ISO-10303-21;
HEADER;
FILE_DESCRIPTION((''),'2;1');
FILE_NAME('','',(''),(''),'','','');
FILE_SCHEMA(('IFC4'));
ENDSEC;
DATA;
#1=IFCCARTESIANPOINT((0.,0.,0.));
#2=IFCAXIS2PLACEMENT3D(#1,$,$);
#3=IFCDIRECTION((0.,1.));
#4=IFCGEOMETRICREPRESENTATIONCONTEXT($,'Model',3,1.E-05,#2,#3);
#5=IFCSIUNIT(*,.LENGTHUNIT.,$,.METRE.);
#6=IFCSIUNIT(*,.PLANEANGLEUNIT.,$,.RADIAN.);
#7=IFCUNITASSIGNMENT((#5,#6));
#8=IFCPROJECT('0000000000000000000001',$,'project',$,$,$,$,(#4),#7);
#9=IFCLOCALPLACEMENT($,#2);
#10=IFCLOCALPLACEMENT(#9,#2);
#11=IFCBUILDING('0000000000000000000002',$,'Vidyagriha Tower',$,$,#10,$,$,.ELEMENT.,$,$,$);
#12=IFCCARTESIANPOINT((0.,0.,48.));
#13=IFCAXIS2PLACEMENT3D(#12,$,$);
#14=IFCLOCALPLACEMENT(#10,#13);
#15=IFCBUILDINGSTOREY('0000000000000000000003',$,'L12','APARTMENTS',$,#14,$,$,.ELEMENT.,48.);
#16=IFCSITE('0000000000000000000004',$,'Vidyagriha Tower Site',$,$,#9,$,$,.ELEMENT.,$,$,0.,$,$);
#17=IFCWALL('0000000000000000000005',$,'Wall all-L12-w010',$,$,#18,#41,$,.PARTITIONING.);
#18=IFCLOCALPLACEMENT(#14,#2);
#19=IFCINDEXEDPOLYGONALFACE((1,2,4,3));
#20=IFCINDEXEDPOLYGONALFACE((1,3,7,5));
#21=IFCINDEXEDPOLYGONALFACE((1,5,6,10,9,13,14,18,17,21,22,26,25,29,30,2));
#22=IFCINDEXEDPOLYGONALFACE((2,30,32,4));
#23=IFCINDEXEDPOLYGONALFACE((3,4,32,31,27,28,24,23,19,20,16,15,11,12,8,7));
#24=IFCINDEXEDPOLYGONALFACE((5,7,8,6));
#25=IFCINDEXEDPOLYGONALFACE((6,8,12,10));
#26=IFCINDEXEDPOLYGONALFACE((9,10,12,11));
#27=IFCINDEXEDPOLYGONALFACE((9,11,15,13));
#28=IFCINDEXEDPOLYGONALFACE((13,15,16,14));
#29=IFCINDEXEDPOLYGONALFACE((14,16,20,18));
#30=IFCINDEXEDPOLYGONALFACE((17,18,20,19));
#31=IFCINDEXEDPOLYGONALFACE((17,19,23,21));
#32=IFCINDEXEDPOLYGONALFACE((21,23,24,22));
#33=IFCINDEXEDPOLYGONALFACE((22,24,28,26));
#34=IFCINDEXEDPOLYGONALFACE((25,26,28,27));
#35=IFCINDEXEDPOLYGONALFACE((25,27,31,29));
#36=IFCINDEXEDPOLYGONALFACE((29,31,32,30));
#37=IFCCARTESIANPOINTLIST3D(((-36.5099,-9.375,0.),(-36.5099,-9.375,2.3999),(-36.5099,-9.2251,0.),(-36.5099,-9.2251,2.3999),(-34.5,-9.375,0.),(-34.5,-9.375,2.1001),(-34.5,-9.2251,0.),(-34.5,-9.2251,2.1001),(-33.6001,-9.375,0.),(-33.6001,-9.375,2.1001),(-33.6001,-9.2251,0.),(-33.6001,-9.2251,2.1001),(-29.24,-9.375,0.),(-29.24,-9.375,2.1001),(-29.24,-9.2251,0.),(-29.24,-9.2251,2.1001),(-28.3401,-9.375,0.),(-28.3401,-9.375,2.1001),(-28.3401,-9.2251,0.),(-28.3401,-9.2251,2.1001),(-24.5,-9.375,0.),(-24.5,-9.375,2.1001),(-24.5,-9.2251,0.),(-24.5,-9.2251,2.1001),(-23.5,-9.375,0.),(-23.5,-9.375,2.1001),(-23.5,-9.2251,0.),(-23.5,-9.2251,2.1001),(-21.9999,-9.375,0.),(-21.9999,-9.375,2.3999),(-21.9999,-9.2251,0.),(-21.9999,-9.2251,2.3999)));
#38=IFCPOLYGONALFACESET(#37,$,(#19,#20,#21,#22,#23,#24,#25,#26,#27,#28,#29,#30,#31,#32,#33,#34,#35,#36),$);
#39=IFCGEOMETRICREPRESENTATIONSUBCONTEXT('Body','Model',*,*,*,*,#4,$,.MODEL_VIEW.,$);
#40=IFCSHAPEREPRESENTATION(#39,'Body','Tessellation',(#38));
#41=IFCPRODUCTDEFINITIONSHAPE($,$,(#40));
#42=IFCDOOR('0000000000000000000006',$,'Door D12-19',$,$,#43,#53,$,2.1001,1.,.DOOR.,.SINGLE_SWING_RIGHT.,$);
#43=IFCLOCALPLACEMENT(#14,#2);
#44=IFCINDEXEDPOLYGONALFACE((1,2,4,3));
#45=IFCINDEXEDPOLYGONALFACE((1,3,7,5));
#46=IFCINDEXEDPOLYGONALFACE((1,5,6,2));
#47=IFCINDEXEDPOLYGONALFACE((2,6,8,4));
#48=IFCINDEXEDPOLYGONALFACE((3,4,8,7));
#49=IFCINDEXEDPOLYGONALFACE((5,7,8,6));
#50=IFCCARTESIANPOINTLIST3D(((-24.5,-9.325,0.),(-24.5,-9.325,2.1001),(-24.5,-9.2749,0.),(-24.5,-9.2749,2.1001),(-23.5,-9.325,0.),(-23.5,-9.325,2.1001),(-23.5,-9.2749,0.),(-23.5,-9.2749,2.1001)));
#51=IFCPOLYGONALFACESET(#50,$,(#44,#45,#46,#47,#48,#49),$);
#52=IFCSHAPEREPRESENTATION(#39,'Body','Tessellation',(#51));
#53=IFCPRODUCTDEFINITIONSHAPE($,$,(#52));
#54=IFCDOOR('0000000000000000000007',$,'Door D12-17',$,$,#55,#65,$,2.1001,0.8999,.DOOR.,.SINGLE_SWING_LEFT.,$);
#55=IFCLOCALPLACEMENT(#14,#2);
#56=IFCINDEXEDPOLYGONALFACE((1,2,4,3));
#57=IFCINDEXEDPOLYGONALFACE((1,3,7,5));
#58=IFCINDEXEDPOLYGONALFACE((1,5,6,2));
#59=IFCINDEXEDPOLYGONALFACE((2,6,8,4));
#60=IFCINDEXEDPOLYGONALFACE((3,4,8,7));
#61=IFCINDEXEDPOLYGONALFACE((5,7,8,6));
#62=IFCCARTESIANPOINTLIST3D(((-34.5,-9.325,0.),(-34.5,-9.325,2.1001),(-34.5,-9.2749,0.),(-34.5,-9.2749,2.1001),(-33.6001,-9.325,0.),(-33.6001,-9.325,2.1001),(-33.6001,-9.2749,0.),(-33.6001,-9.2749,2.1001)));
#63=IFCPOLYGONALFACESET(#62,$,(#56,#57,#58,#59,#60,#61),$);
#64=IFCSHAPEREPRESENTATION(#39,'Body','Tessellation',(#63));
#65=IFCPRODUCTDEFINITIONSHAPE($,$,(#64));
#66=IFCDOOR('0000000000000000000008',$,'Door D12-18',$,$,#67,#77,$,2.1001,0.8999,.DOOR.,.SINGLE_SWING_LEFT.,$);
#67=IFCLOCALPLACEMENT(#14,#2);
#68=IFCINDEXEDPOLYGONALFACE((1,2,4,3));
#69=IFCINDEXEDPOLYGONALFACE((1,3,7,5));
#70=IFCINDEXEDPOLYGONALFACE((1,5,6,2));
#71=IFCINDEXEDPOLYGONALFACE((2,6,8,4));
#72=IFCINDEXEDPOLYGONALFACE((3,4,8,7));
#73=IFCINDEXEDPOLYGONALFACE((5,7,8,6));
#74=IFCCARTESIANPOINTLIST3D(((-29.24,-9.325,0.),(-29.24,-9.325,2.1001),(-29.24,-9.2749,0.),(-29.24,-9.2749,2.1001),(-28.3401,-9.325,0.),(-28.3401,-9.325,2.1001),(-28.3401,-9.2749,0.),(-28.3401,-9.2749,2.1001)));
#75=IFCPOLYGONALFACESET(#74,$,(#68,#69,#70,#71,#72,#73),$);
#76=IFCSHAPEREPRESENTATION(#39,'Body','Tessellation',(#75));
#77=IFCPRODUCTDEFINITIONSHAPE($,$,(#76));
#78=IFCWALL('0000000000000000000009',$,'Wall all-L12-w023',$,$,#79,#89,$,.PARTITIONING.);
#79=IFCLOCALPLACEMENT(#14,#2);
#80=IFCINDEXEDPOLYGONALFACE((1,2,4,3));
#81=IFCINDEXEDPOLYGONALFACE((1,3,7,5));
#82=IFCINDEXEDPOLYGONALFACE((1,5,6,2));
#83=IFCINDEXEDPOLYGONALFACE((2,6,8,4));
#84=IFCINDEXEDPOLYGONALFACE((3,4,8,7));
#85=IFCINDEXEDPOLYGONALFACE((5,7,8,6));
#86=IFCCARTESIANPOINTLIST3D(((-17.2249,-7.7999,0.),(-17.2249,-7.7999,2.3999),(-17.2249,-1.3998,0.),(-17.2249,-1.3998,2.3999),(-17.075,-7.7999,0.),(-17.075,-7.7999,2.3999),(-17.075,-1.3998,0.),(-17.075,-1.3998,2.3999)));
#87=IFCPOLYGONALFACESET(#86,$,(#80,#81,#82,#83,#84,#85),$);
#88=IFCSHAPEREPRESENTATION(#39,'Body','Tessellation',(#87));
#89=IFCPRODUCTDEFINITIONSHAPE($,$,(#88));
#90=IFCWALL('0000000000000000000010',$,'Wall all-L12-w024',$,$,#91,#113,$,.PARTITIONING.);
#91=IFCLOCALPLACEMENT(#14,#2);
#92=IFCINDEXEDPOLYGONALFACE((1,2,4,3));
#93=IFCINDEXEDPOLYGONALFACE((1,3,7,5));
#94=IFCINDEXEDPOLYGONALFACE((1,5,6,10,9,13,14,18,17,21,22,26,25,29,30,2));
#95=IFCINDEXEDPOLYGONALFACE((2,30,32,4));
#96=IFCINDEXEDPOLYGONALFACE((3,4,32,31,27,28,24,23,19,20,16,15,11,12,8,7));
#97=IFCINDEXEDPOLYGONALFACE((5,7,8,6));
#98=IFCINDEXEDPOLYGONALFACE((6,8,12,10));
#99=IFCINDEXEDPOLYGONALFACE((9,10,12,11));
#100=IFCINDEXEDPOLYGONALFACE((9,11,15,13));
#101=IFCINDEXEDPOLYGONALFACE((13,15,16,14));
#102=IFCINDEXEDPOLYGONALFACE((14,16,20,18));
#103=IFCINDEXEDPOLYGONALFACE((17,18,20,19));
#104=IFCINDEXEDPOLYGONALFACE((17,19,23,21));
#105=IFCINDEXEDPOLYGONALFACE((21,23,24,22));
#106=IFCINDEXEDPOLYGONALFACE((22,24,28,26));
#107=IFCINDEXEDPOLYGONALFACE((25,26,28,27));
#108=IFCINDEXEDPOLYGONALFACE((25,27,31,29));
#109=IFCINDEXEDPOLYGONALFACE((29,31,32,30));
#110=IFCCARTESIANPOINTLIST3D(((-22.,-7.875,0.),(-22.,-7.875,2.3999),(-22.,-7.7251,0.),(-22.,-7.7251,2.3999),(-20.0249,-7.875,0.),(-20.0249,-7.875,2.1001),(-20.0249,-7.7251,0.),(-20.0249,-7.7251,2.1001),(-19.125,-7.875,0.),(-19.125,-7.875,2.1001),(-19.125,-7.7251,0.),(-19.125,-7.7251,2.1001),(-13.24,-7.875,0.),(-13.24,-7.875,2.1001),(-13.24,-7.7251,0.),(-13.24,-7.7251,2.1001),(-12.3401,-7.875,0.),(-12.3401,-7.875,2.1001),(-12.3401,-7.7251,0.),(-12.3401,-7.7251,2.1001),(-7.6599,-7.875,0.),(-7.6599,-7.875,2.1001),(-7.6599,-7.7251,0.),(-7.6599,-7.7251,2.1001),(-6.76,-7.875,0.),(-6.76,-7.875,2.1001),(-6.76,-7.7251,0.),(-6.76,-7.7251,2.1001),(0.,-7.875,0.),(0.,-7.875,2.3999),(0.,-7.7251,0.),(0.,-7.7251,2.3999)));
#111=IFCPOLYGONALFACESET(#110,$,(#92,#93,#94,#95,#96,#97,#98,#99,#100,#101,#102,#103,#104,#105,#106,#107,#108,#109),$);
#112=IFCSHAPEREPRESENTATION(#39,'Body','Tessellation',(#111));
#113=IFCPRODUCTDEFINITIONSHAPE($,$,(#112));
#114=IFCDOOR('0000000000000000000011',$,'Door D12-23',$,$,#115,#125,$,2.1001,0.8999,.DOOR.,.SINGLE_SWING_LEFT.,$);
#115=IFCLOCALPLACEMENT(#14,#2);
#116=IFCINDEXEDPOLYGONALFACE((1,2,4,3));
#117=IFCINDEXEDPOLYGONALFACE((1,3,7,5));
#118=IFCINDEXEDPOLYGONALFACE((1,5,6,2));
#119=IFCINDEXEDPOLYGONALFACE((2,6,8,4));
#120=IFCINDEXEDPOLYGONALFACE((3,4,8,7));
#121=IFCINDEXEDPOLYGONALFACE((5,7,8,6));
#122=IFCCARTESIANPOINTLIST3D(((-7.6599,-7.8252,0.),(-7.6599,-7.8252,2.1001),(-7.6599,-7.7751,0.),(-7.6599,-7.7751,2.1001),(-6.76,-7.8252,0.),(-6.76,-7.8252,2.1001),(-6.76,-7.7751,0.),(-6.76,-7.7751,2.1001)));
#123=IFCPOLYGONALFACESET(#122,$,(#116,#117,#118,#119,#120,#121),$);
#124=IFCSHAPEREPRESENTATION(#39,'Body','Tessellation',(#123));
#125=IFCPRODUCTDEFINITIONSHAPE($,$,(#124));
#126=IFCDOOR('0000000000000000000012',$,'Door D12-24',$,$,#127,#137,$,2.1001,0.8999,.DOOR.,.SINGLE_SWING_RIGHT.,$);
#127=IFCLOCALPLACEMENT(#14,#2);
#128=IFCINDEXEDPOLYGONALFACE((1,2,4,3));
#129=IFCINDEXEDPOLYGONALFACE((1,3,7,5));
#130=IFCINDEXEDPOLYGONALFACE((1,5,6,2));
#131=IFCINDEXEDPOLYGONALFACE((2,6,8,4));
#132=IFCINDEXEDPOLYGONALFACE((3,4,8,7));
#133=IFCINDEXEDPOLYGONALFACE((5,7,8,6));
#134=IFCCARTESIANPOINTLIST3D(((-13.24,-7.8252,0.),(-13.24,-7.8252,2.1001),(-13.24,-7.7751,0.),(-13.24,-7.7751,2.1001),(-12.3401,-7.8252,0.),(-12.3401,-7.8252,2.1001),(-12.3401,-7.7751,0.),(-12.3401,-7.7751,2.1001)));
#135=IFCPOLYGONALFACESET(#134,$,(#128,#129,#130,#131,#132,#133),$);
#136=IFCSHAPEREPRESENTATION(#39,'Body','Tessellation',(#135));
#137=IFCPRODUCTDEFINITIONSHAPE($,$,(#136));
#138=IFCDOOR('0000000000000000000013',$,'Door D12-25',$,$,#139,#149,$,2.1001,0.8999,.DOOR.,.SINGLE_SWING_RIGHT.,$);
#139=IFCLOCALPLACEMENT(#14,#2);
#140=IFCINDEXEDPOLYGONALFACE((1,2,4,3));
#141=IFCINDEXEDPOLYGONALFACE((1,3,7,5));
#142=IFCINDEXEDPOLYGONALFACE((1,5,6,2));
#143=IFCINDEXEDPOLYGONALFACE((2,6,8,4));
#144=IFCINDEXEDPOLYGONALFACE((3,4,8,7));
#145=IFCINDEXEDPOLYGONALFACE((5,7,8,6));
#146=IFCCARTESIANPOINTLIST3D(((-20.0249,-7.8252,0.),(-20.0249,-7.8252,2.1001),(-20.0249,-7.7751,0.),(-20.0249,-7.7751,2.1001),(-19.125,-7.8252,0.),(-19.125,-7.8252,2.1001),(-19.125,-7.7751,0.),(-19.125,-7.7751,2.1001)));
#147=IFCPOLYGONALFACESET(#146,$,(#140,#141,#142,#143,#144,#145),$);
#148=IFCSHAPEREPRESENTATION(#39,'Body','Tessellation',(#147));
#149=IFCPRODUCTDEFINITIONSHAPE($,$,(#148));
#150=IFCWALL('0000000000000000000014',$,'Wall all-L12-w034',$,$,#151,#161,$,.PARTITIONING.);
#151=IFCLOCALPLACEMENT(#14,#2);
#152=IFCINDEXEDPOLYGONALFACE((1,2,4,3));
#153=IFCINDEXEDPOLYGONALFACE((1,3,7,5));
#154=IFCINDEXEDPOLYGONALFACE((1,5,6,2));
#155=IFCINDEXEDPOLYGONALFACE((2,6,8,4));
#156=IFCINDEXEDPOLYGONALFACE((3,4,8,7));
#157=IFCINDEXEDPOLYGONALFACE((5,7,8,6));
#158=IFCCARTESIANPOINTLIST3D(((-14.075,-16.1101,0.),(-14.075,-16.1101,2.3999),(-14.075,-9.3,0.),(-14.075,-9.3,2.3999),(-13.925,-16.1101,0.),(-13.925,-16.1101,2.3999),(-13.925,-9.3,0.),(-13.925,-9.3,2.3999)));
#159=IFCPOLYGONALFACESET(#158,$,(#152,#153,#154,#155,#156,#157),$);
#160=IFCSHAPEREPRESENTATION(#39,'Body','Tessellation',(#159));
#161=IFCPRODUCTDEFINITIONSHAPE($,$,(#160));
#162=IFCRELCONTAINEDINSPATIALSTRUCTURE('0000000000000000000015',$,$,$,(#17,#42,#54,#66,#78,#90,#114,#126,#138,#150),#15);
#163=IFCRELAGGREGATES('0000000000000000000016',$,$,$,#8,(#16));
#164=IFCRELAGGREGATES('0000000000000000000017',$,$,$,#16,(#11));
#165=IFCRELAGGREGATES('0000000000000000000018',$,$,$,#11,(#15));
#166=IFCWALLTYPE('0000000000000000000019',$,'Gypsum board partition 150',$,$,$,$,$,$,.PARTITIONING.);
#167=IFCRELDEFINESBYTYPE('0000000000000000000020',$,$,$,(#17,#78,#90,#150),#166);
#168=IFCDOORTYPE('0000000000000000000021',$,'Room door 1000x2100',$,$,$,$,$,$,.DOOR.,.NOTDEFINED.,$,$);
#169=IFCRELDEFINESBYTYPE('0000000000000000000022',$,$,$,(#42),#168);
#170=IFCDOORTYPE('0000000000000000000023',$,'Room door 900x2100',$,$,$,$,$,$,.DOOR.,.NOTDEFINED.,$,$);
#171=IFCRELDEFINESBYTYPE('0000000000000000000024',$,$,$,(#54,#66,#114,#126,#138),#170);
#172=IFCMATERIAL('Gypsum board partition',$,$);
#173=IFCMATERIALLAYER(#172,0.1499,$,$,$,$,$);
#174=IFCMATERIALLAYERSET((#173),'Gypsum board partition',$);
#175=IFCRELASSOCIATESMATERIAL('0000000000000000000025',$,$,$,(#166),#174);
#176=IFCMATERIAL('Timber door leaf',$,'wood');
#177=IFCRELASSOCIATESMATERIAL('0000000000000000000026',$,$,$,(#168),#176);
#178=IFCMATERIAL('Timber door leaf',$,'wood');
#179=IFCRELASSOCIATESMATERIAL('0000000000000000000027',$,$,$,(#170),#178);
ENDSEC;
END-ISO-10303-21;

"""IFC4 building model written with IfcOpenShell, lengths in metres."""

from ifc_helpers import new_model, si_unit, direction, frame, frame_2d, origin, place, context, subcontext, project, spatial, rectangle, extrude, material, layer, layer_set, type_object, element, fill, save


model = new_model("IFC4")

# Units and contexts
model_context = context("Model", 3, precision=1e-05, world=origin(), true_north=direction((0.0, 1.0)))
body_context = subcontext(model_context, "Body", "Model", "MODEL_VIEW")
ifc_project = project(units=[si_unit("LENGTHUNIT", "METRE"), si_unit("PLANEANGLEUNIT", "RADIAN")], contexts=[model_context])

# Site, building, storey
site_placement = place(None, origin())
site = spatial("IfcSite", under=ifc_project, at=site_placement, Name="Vidyagriha Tower Site", CompositionType="ELEMENT", RefElevation=0.0)
building_placement = place(site_placement, origin())
building = spatial("IfcBuilding", under=site, at=building_placement, Name="Vidyagriha Tower", CompositionType="ELEMENT")
storey_placement = place(building_placement, frame((0.0, 0.0, 48.0)))
storey = spatial("IfcBuildingStorey", under=building, at=storey_placement, Name="L12", Description="APARTMENTS", CompositionType="ELEMENT", Elevation=48.0)

# Shared definitions
ifc_material_1 = material(Name="Gypsum board partition")
ifc_layer_1 = layer(ifc_material_1, 0.1499)
ifc_layer_set_1 = layer_set([ifc_layer_1], Name="Gypsum board partition")
wall_type_1 = type_object("IfcWallType", Name="Gypsum board partition 150", PredefinedType="PARTITIONING", material=ifc_layer_set_1)

# Wall, openings, doors
wall_1_placement = place(storey_placement, frame((-22.0, -9.3, 0.0), z_axis=(0.0, 0.0, 1.0), x_axis=(-1.0, 0.0, 0.0)))
wall_1 = element("IfcWall", 1, at=wall_1_placement, inside=storey, type_object=wall_type_1, Name="Wall all-L12-w010", PredefinedType="PARTITIONING", context=body_context, shape_type="SweptSolid", body=[
    extrude(rectangle(XDim=14.51, YDim=0.1499, at=frame_2d((7.2549, 0.0))), origin(), (0.0, 0.0, 1.0), 2.3999),
])
opening_1_placement = place(wall_1_placement, frame((11.6001, 0.0, 0.0)))
opening_1 = element("IfcOpeningElement", 2, at=opening_1_placement, cuts=wall_1, PredefinedType="OPENING", context=body_context, shape_type="SweptSolid", body=[
    extrude(rectangle(XDim=0.8999, YDim=2.1001, at=frame_2d((0.45, 1.05))), frame((0.0, 0.085, 0.0), z_axis=(0.0, -1.0, 0.0), x_axis=(1.0, 0.0, 0.0)), (0.0, 0.0, 1.0), 0.1699),
])
opening_2_placement = place(wall_1_placement, frame((6.3401, 0.0, 0.0)))
opening_2 = element("IfcOpeningElement", 3, at=opening_2_placement, cuts=wall_1, PredefinedType="OPENING", context=body_context, shape_type="SweptSolid", body=[
    extrude(rectangle(XDim=0.8999, YDim=2.1001, at=frame_2d((0.45, 1.05))), frame((0.0, 0.085, 0.0), z_axis=(0.0, -1.0, 0.0), x_axis=(1.0, 0.0, 0.0)), (0.0, 0.0, 1.0), 0.1699),
])
opening_3_placement = place(wall_1_placement, frame((1.5, 0.0, 0.0)))
opening_3 = element("IfcOpeningElement", 4, at=opening_3_placement, cuts=wall_1, PredefinedType="OPENING", context=body_context, shape_type="SweptSolid", body=[
    extrude(rectangle(XDim=1.0, YDim=2.1001, at=frame_2d((0.5, 1.05))), frame((0.0, 0.085, 0.0), z_axis=(0.0, -1.0, 0.0), x_axis=(1.0, 0.0, 0.0)), (0.0, 0.0, 1.0), 0.1699),
])
ifc_material_2 = material(Name="Timber door leaf", Category="wood")
door_type_1 = type_object("IfcDoorType", Name="Room door 1000x2100", OperationType="NOTDEFINED", PredefinedType="DOOR", material=ifc_material_2)
door_1_placement = place(opening_3_placement, origin())
door_1 = element("IfcDoor", 5, at=door_1_placement, inside=storey, type_object=door_type_1, Name="Door D12-19", OperationType="SINGLE_SWING_RIGHT", OverallHeight=2.1001, OverallWidth=1.0, PredefinedType="DOOR", context=body_context, shape_type="SweptSolid", body=[
    extrude(rectangle(XDim=1.0, YDim=2.1001, at=frame_2d((0.5, 1.05))), frame((0.0, 0.0249, 0.0), z_axis=(0.0, -1.0, 0.0), x_axis=(1.0, 0.0, 0.0)), (0.0, 0.0, 1.0), 0.05),
])
fill(opening_3, door_1)
ifc_material_3 = material(Name="Timber door leaf", Category="wood")
door_type_2 = type_object("IfcDoorType", Name="Room door 900x2100", OperationType="NOTDEFINED", PredefinedType="DOOR", material=ifc_material_3)
door_2_placement = place(opening_1_placement, origin())
door_2 = element("IfcDoor", 6, at=door_2_placement, inside=storey, type_object=door_type_2, Name="Door D12-17", OperationType="SINGLE_SWING_LEFT", OverallHeight=2.1001, OverallWidth=0.8999, PredefinedType="DOOR", context=body_context, shape_type="SweptSolid", body=[
    extrude(rectangle(XDim=0.8999, YDim=2.1001, at=frame_2d((0.45, 1.05))), frame((0.0, 0.0249, 0.0), z_axis=(0.0, -1.0, 0.0), x_axis=(1.0, 0.0, 0.0)), (0.0, 0.0, 1.0), 0.05),
])
fill(opening_1, door_2)
door_3_placement = place(opening_2_placement, origin())
door_3 = element("IfcDoor", 7, at=door_3_placement, inside=storey, type_object=door_type_2, Name="Door D12-18", OperationType="SINGLE_SWING_LEFT", OverallHeight=2.1001, OverallWidth=0.8999, PredefinedType="DOOR", context=body_context, shape_type="SweptSolid", body=[
    extrude(rectangle(XDim=0.8999, YDim=2.1001, at=frame_2d((0.45, 1.05))), frame((0.0, 0.0249, 0.0), z_axis=(0.0, -1.0, 0.0), x_axis=(1.0, 0.0, 0.0)), (0.0, 0.0, 1.0), 0.05),
])
fill(opening_2, door_3)

# Wall
wall_2_placement = place(storey_placement, frame((-17.1499, -7.8, 0.0), z_axis=(0.0, 0.0, 1.0), x_axis=(0.0, 1.0, 0.0)))
element("IfcWall", 8, at=wall_2_placement, inside=storey, type_object=wall_type_1, Name="Wall all-L12-w023", PredefinedType="PARTITIONING", context=body_context, shape_type="SweptSolid", body=[
    extrude(rectangle(XDim=6.4001, YDim=0.1499, at=frame_2d((3.2002, 0.0))), origin(), (0.0, 0.0, 1.0), 2.3999),
])

# Wall, openings, doors
wall_3_placement = place(storey_placement, frame((-22.0, -7.8, 0.0)))
wall_3 = element("IfcWall", 9, at=wall_3_placement, inside=storey, type_object=wall_type_1, Name="Wall all-L12-w024", PredefinedType="PARTITIONING", context=body_context, shape_type="SweptSolid", body=[
    extrude(rectangle(XDim=22.0, YDim=0.1499, at=frame_2d((11.0, 0.0))), origin(), (0.0, 0.0, 1.0), 2.3999),
])
opening_4_placement = place(wall_3_placement, frame((14.3401, 0.0, 0.0)))
opening_4 = element("IfcOpeningElement", 10, at=opening_4_placement, cuts=wall_3, PredefinedType="OPENING", context=body_context, shape_type="SweptSolid", body=[
    extrude(rectangle(XDim=0.8999, YDim=2.1001, at=frame_2d((0.45, 1.05))), frame((0.0, 0.085, 0.0), z_axis=(0.0, -1.0, 0.0), x_axis=(1.0, 0.0, 0.0)), (0.0, 0.0, 1.0), 0.1699),
])
opening_5_placement = place(wall_3_placement, frame((8.76, 0.0, 0.0)))
opening_5 = element("IfcOpeningElement", 11, at=opening_5_placement, cuts=wall_3, PredefinedType="OPENING", context=body_context, shape_type="SweptSolid", body=[
    extrude(rectangle(XDim=0.8999, YDim=2.1001, at=frame_2d((0.45, 1.05))), frame((0.0, 0.085, 0.0), z_axis=(0.0, -1.0, 0.0), x_axis=(1.0, 0.0, 0.0)), (0.0, 0.0, 1.0), 0.1699),
])
opening_6_placement = place(wall_3_placement, frame((1.9751, 0.0, 0.0)))
opening_6 = element("IfcOpeningElement", 12, at=opening_6_placement, cuts=wall_3, PredefinedType="OPENING", context=body_context, shape_type="SweptSolid", body=[
    extrude(rectangle(XDim=0.8999, YDim=2.1001, at=frame_2d((0.45, 1.05))), frame((0.0, 0.085, 0.0), z_axis=(0.0, -1.0, 0.0), x_axis=(1.0, 0.0, 0.0)), (0.0, 0.0, 1.0), 0.1699),
])
door_4_placement = place(opening_4_placement, origin())
door_4 = element("IfcDoor", 13, at=door_4_placement, inside=storey, type_object=door_type_2, Name="Door D12-23", OperationType="SINGLE_SWING_LEFT", OverallHeight=2.1001, OverallWidth=0.8999, PredefinedType="DOOR", context=body_context, shape_type="SweptSolid", body=[
    extrude(rectangle(XDim=0.8999, YDim=2.1001, at=frame_2d((0.45, 1.05))), frame((0.0, 0.0249, 0.0), z_axis=(0.0, -1.0, 0.0), x_axis=(1.0, 0.0, 0.0)), (0.0, 0.0, 1.0), 0.05),
])
fill(opening_4, door_4)
door_5_placement = place(opening_5_placement, origin())
door_5 = element("IfcDoor", 14, at=door_5_placement, inside=storey, type_object=door_type_2, Name="Door D12-24", OperationType="SINGLE_SWING_RIGHT", OverallHeight=2.1001, OverallWidth=0.8999, PredefinedType="DOOR", context=body_context, shape_type="SweptSolid", body=[
    extrude(rectangle(XDim=0.8999, YDim=2.1001, at=frame_2d((0.45, 1.05))), frame((0.0, 0.0249, 0.0), z_axis=(0.0, -1.0, 0.0), x_axis=(1.0, 0.0, 0.0)), (0.0, 0.0, 1.0), 0.05),
])
fill(opening_5, door_5)
door_6_placement = place(opening_6_placement, origin())
door_6 = element("IfcDoor", 15, at=door_6_placement, inside=storey, type_object=door_type_2, Name="Door D12-25", OperationType="SINGLE_SWING_RIGHT", OverallHeight=2.1001, OverallWidth=0.8999, PredefinedType="DOOR", context=body_context, shape_type="SweptSolid", body=[
    extrude(rectangle(XDim=0.8999, YDim=2.1001, at=frame_2d((0.45, 1.05))), frame((0.0, 0.0249, 0.0), z_axis=(0.0, -1.0, 0.0), x_axis=(1.0, 0.0, 0.0)), (0.0, 0.0, 1.0), 0.05),
])
fill(opening_6, door_6)

# Wall
wall_4_placement = place(storey_placement, frame((-14.0, -9.3, 0.0), z_axis=(0.0, 0.0, 1.0), x_axis=(0.0, -1.0, 0.0)))
element("IfcWall", 16, at=wall_4_placement, inside=storey, type_object=wall_type_1, Name="Wall all-L12-w034", PredefinedType="PARTITIONING", context=body_context, shape_type="SweptSolid", body=[
    extrude(rectangle(XDim=6.8101, YDim=0.1499, at=frame_2d((3.405, 0.0))), origin(), (0.0, 0.0, 1.0), 2.3999),
])

save(model, "model.ifc")
